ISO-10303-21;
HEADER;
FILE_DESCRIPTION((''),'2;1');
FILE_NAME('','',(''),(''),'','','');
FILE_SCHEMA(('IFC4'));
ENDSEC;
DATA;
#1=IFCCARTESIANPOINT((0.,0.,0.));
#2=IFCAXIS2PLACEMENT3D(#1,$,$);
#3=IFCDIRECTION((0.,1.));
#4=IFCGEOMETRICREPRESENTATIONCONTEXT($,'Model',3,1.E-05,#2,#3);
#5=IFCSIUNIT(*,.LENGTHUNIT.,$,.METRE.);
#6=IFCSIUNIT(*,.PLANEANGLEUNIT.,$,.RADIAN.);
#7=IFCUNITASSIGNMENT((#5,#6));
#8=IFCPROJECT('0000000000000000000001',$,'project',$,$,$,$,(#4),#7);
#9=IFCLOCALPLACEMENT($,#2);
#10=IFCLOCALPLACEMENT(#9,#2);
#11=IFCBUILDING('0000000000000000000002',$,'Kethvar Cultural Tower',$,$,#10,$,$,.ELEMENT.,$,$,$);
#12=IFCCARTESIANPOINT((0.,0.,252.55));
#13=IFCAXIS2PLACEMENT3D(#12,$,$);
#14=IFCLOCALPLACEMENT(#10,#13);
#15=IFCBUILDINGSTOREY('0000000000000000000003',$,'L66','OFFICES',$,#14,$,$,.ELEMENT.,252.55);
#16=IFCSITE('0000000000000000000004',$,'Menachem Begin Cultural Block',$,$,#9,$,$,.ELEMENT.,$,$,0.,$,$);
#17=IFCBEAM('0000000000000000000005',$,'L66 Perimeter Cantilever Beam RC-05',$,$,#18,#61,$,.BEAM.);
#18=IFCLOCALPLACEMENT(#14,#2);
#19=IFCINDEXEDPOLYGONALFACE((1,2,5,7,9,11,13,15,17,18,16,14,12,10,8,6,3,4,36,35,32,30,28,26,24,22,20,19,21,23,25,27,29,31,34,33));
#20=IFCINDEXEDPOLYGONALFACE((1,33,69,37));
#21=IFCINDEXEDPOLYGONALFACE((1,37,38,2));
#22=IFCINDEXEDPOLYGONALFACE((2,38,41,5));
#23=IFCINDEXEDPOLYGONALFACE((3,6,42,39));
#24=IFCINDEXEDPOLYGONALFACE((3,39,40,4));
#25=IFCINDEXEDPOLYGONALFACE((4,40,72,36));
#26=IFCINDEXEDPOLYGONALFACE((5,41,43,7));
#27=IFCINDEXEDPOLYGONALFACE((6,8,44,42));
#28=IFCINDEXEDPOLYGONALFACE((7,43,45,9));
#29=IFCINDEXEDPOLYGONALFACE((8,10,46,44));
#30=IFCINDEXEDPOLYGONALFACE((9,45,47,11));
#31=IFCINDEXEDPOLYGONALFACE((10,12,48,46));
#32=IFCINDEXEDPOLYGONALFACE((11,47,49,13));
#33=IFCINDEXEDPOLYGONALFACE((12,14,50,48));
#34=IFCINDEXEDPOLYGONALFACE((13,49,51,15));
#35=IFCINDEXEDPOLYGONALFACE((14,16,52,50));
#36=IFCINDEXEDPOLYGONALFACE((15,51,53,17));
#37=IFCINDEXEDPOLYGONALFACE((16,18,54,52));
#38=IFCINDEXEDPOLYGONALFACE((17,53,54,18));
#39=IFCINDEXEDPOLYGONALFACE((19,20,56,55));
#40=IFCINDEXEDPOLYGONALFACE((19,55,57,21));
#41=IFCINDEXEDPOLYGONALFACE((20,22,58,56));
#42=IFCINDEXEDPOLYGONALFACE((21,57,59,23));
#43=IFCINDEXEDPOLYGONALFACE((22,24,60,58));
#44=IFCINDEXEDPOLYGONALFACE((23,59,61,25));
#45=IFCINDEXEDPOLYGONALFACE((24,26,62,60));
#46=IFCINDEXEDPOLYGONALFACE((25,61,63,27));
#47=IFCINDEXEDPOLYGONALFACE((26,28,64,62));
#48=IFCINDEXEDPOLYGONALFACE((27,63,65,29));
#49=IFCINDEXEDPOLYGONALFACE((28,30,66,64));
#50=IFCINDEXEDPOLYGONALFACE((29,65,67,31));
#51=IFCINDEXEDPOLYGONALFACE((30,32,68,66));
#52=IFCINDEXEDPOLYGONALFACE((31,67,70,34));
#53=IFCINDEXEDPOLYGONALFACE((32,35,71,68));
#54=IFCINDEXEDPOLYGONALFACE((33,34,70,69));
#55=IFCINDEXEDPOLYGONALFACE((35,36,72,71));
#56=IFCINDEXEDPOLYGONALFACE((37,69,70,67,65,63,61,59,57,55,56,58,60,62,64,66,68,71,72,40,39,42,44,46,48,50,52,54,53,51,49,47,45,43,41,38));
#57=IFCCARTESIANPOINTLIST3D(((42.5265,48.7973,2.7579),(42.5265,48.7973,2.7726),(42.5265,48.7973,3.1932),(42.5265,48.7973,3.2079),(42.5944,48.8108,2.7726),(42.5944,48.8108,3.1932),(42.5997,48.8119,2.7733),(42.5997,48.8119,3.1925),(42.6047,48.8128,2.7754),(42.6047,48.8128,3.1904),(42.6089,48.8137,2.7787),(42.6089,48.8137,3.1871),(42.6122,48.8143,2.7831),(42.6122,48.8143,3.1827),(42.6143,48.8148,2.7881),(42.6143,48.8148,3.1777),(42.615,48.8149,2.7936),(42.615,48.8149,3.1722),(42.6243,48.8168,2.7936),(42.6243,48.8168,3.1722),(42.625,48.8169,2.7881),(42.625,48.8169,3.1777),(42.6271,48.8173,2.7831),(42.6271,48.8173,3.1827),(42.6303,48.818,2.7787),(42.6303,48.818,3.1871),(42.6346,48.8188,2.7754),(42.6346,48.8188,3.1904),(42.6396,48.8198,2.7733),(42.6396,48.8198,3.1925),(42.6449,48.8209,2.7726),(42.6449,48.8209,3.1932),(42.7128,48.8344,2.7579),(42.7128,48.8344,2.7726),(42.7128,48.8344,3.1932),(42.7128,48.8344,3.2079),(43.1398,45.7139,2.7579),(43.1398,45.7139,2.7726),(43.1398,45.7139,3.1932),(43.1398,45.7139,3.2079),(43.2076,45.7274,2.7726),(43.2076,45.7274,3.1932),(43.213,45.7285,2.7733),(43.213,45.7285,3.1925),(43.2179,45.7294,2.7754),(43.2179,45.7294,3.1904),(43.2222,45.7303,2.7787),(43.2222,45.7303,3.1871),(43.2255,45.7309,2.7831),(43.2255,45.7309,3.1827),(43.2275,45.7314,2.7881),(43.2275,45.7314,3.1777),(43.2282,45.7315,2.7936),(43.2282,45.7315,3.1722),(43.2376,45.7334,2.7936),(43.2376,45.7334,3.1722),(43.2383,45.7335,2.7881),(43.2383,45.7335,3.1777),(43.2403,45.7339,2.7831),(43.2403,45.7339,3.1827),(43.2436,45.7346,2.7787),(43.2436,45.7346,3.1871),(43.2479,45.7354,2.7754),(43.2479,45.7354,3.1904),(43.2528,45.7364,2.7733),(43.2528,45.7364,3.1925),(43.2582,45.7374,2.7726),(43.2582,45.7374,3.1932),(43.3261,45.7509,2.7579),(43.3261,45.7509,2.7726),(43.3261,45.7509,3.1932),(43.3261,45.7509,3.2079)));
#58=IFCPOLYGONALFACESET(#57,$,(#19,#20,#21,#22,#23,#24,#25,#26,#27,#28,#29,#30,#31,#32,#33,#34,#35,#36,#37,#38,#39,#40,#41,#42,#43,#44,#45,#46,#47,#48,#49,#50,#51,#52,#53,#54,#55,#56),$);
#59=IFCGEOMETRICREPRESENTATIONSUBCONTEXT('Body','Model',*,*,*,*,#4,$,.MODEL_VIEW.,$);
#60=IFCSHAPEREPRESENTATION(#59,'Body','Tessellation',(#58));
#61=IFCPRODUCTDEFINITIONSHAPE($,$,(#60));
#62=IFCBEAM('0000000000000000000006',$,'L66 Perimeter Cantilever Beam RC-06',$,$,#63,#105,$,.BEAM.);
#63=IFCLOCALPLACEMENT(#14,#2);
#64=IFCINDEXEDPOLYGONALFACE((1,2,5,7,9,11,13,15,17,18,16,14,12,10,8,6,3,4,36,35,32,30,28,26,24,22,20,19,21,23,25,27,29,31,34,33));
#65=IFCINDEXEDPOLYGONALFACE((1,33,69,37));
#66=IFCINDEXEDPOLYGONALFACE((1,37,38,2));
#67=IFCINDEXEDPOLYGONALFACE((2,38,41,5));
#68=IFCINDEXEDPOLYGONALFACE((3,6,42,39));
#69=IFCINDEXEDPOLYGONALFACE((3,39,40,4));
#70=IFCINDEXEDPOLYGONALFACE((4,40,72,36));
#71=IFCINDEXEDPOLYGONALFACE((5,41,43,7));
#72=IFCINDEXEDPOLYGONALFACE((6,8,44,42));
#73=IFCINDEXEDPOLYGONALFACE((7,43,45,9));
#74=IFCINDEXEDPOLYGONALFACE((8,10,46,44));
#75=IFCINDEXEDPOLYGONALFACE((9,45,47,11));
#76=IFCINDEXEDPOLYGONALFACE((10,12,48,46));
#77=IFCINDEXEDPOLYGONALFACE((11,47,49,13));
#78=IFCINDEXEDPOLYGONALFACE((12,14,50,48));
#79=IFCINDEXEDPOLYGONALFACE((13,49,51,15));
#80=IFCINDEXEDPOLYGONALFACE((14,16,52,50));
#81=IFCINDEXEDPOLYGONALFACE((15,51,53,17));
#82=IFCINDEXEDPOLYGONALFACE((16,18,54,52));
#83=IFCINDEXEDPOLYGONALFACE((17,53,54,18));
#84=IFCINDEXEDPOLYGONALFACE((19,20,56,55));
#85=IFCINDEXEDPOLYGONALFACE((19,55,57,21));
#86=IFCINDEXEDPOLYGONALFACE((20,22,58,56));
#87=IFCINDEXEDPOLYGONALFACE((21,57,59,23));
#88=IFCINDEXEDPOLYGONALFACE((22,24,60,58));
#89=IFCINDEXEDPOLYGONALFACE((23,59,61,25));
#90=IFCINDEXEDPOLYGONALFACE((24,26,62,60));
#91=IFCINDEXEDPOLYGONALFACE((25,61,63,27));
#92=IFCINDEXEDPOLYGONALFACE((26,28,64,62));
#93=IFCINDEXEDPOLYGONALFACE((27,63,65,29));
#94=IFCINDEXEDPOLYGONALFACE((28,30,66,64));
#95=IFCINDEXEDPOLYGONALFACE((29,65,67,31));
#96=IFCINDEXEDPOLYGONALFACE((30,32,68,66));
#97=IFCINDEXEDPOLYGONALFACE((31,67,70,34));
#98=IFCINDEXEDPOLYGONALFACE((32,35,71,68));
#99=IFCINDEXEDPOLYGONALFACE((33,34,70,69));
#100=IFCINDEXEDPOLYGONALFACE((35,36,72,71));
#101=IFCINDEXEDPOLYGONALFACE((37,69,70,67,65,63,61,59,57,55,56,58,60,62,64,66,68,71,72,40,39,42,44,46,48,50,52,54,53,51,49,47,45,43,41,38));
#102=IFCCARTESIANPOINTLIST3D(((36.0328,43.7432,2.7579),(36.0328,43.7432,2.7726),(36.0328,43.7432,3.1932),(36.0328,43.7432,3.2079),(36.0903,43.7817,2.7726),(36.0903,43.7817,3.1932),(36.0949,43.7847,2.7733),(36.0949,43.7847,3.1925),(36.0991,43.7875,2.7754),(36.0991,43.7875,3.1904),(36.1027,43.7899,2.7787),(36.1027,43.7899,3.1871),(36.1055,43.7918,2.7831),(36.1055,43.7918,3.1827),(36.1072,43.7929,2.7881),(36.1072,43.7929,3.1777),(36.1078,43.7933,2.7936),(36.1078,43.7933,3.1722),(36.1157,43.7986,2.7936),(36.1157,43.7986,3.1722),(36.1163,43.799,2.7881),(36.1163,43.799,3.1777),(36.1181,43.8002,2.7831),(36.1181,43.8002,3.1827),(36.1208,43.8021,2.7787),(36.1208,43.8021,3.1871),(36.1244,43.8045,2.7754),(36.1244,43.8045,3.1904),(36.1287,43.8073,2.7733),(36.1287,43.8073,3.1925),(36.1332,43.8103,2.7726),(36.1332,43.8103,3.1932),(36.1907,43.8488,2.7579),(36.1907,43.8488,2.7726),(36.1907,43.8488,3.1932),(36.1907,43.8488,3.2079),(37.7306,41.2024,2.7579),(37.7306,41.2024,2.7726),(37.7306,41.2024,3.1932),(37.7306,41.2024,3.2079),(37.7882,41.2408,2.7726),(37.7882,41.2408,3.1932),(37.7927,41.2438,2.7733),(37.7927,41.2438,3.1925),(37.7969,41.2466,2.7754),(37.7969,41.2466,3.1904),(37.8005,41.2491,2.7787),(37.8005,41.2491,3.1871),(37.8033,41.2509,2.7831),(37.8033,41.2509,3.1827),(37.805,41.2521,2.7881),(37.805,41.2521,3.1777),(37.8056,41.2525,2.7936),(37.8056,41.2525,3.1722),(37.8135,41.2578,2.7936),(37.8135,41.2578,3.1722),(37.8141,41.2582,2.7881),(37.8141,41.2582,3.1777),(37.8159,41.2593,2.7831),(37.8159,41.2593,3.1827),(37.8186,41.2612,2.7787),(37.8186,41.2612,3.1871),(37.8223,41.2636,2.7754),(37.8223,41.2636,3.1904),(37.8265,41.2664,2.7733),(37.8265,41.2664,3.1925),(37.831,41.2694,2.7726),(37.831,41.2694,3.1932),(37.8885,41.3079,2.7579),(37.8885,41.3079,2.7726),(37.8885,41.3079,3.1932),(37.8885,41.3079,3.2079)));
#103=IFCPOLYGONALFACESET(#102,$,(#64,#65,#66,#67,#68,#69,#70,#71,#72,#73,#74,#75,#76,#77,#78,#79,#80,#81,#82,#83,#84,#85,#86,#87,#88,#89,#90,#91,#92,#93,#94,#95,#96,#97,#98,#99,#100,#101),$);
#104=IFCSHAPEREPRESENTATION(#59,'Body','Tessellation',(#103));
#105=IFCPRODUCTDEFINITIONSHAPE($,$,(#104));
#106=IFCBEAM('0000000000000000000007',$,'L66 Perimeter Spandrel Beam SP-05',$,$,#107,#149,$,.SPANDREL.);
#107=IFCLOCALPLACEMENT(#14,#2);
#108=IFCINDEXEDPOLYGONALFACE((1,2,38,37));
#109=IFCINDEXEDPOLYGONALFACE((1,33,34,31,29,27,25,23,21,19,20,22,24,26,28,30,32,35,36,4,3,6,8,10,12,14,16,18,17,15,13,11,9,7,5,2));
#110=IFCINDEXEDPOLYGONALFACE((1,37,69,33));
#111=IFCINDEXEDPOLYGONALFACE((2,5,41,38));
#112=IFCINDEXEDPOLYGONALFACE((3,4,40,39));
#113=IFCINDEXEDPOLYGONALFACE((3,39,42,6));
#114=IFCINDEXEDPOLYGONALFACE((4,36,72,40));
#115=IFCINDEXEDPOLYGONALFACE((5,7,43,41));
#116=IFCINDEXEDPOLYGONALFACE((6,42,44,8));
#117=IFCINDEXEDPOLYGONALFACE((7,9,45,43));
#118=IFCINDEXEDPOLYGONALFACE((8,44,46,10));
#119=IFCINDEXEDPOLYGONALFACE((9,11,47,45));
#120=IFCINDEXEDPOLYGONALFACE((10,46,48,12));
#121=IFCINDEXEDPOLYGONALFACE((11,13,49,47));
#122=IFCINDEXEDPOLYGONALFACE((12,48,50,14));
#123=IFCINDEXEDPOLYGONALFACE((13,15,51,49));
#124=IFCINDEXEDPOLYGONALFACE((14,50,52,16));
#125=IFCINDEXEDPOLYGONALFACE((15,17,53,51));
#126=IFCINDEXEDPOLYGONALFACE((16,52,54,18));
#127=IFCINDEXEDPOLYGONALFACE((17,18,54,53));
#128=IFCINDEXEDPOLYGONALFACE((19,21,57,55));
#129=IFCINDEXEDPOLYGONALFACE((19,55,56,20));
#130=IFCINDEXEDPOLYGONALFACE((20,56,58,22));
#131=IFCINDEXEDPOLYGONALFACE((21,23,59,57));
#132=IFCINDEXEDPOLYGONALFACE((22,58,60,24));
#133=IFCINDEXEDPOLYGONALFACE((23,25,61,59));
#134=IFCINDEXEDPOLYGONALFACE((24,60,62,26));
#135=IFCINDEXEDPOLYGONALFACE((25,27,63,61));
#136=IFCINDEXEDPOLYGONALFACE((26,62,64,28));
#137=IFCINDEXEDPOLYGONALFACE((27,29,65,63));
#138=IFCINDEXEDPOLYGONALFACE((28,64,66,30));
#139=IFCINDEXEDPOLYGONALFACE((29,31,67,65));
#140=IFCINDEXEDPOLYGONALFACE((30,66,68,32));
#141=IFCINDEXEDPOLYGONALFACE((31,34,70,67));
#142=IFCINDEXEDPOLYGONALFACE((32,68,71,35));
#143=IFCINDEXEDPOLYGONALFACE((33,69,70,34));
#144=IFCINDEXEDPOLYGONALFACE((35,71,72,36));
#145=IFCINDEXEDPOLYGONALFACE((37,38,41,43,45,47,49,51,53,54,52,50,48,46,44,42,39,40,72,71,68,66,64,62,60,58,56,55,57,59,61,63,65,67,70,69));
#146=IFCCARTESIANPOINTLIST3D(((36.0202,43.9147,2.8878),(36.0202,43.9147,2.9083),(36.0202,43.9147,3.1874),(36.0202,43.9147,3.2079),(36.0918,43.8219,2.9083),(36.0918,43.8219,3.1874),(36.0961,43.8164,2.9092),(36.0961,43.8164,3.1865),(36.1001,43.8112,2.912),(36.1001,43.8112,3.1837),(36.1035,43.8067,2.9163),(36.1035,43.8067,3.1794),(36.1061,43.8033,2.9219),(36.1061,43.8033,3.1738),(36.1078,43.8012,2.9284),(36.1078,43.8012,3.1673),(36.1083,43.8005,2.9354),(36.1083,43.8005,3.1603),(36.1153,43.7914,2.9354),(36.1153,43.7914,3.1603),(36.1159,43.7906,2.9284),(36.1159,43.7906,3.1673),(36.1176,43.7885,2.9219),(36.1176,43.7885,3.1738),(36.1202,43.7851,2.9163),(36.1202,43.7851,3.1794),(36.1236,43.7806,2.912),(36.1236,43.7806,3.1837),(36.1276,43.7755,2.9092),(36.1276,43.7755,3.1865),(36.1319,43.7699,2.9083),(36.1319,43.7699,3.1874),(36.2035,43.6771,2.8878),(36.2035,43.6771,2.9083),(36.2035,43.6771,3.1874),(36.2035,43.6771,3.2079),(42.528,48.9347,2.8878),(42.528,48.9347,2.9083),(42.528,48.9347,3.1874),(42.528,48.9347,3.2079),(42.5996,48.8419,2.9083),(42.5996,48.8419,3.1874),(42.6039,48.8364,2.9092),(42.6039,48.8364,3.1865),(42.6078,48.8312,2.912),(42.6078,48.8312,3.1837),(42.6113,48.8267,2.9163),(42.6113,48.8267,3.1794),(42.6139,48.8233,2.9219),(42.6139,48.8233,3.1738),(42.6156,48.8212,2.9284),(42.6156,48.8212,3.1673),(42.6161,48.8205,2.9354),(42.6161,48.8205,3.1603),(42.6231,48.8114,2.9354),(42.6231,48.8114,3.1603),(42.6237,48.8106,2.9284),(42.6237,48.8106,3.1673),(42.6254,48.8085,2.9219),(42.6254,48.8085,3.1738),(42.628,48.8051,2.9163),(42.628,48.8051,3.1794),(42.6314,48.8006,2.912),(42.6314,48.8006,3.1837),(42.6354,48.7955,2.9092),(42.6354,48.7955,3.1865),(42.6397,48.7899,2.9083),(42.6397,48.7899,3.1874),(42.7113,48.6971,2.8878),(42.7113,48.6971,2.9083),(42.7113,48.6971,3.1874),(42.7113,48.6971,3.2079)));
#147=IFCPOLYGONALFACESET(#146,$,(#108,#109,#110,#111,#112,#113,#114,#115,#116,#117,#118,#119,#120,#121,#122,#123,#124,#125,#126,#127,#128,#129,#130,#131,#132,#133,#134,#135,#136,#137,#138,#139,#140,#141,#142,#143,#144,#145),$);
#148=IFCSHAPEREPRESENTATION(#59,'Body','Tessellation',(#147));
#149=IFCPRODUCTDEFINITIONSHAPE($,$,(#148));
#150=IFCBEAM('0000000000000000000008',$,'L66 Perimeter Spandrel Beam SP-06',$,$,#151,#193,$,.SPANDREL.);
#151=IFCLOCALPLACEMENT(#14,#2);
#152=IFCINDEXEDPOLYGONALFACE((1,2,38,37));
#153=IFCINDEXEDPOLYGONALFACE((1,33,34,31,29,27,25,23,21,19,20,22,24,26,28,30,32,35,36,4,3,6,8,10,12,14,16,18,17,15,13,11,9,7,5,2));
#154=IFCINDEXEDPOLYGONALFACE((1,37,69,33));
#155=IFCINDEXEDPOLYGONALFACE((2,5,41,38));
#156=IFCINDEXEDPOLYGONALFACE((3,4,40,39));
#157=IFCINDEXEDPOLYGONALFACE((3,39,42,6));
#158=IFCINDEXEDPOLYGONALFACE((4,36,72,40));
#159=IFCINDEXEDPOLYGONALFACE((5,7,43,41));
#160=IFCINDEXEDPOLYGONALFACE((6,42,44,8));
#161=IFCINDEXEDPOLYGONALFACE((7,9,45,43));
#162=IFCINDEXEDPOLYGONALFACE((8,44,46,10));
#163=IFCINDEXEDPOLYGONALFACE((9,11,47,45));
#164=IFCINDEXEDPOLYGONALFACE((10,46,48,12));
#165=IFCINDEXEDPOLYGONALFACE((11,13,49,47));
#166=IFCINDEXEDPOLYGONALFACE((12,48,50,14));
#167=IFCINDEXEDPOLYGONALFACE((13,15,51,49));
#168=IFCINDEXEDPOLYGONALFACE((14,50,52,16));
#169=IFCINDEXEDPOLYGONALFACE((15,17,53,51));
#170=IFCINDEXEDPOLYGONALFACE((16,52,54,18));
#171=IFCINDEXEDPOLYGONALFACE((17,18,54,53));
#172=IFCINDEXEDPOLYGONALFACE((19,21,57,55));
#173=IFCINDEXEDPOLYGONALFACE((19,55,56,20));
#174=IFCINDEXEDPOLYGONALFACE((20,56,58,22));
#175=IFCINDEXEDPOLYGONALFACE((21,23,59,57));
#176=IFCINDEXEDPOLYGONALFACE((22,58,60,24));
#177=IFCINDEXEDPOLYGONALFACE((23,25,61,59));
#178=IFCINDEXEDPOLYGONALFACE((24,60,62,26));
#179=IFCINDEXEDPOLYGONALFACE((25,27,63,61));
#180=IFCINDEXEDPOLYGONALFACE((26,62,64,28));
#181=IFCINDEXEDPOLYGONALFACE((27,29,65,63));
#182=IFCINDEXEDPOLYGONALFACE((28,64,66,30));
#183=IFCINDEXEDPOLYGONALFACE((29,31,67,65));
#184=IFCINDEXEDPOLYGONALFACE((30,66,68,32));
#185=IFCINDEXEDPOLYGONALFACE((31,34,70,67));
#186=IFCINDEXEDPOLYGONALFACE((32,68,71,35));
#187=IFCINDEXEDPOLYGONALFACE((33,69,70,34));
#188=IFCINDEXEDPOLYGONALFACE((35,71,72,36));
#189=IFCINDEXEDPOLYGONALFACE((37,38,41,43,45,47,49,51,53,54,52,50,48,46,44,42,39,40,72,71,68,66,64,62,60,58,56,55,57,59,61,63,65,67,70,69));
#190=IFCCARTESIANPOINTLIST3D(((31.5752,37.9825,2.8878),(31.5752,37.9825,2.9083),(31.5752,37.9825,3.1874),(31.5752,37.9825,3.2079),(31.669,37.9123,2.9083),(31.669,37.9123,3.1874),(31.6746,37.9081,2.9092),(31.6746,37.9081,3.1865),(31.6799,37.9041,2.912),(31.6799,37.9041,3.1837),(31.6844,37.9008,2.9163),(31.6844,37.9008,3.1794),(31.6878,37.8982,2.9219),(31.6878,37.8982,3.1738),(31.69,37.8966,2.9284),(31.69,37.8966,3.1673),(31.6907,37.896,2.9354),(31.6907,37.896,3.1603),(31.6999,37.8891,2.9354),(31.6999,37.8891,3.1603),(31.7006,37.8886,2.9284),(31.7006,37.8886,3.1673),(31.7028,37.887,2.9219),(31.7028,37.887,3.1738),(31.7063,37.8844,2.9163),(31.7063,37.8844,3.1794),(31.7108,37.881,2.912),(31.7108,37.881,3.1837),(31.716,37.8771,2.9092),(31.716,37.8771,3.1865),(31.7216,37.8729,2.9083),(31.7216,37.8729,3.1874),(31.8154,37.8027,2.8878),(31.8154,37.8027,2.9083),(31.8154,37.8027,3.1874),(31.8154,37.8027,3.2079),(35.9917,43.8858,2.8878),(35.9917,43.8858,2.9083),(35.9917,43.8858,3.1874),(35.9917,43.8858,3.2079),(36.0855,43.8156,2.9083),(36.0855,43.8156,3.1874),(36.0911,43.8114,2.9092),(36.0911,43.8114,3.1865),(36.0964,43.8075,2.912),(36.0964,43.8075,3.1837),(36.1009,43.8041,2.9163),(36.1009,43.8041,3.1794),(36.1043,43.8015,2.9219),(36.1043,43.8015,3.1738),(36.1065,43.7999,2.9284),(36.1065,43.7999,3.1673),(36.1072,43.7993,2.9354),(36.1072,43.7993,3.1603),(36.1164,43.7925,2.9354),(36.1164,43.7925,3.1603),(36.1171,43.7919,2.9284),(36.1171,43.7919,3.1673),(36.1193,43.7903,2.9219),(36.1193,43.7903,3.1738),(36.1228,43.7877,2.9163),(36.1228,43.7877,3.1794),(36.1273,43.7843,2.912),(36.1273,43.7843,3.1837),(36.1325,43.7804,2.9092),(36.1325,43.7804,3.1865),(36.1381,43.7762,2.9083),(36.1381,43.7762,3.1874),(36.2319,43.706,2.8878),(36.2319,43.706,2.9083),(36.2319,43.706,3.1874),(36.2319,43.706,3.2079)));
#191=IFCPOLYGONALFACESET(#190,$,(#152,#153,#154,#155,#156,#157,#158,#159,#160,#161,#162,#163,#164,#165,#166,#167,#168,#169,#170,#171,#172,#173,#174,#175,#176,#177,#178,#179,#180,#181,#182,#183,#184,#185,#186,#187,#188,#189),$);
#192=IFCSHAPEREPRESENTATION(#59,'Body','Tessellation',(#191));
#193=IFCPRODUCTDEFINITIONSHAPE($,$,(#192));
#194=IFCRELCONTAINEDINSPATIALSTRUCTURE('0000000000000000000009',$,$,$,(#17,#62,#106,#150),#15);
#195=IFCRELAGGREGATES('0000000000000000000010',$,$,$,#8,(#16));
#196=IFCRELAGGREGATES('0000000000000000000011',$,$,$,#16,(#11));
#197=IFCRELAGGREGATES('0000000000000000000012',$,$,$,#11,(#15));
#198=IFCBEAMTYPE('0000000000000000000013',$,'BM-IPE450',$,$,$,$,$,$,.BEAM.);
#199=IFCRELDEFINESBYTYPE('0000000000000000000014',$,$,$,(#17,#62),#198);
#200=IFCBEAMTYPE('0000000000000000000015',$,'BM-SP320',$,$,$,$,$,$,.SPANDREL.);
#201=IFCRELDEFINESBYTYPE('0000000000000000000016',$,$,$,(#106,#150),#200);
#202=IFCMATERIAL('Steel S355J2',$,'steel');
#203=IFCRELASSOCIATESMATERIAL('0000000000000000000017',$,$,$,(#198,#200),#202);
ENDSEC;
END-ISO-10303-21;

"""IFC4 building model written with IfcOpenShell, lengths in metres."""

from ifc_helpers import new_model, si_unit, direction, frame, origin, origin_2d, place, context, subcontext, project, spatial, i_section, extrude, source, transform, mapped, material, material_profile, profile_set, type_object, element, save


model = new_model("IFC4")

# Units and contexts
model_context = context("Model", 3, precision=1e-05, world=origin(), true_north=direction((0.0, 1.0)))
body_context = subcontext(model_context, "Body", "Model", "MODEL_VIEW")
ifc_project = project(units=[si_unit("LENGTHUNIT", "METRE"), si_unit("PLANEANGLEUNIT", "RADIAN")], contexts=[model_context])

# Site, building, storey
site_placement = place(None, origin())
site = spatial("IfcSite", under=ifc_project, at=site_placement, Name="Menachem Begin Cultural Block", CompositionType="ELEMENT", RefElevation=0.0)
building_placement = place(site_placement, origin())
building = spatial("IfcBuilding", under=site, at=building_placement, Name="Kethvar Cultural Tower", CompositionType="ELEMENT")
storey_placement = place(building_placement, frame((0.0, 0.0, 252.55)))
storey = spatial("IfcBuildingStorey", under=building, at=storey_placement, Name="L66", Description="OFFICES", CompositionType="ELEMENT", Elevation=252.55)

# Beams
ifc_material_1 = material(Name="Steel S355J2", Category="steel")
ifc_material_profile_1 = material_profile(ifc_material_1, i_section(OverallWidth=0.1899, OverallDepth=0.45, WebThickness=0.0095, FlangeThickness=0.0146, FilletRadius=0.021, at=origin_2d()), Name="Steel S355J2 — IPE450")
ifc_profile_set_1 = profile_set([ifc_material_profile_1], Name="Steel S355J2 — IPE450")
beam_type_1 = type_object("IfcBeamType", Name="BM-IPE450", PredefinedType="BEAM", material=ifc_profile_set_1)
shared_shape_1 = source(origin(), body_context, "Body", "SweptSolid", [
    extrude(i_section(OverallWidth=0.1899, OverallDepth=0.45, WebThickness=0.0095, FlangeThickness=0.0146, FilletRadius=0.021, at=origin_2d()), origin(), (0.0, 0.0, 1.0), 3.1438),
])
beam_1_placement = place(storey_placement, frame((43.2329, 45.7324, 2.9829), z_axis=(-0.195071, 0.980789, 0.0), x_axis=(-0.980789, -0.195071, 0.0)))
element("IfcBeam", 1, at=beam_1_placement, inside=storey, type_object=beam_type_1, Name="L66 Perimeter Cantilever Beam RC-05", PredefinedType="BEAM", context=body_context, shape_type="MappedRepresentation", body=[
    mapped(shared_shape_1, transform((0.0, 0.0, 0.0), scale=1.0)),
])
shared_shape_2 = source(origin(), body_context, "Body", "SweptSolid", [
    extrude(i_section(OverallWidth=0.1899, OverallDepth=0.45, WebThickness=0.0095, FlangeThickness=0.0146, FilletRadius=0.021, at=origin_2d()), origin(), (0.0, 0.0, 1.0), 3.0559),
])
beam_2_placement = place(storey_placement, frame((37.8096, 41.2551, 2.9829), z_axis=(-0.555585, 0.83146, 0.0), x_axis=(-0.83146, -0.555585, 0.0)))
element("IfcBeam", 2, at=beam_2_placement, inside=storey, type_object=beam_type_1, Name="L66 Perimeter Cantilever Beam RC-06", PredefinedType="BEAM", context=body_context, shape_type="MappedRepresentation", body=[
    mapped(shared_shape_2, transform((0.0, 0.0, 0.0), scale=1.0)),
])
ifc_material_profile_2 = material_profile(ifc_material_1, i_section(OverallWidth=0.3, OverallDepth=0.3201, WebThickness=0.0115, FlangeThickness=0.0205, FilletRadius=0.0271, at=origin_2d()), Name="Steel S355J2 — HEB320")
ifc_profile_set_2 = profile_set([ifc_material_profile_2], Name="Steel S355J2 — HEB320")
beam_type_2 = type_object("IfcBeamType", Name="BM-SP320", PredefinedType="SPANDREL", material=ifc_profile_set_2)
shared_shape_3 = source(origin(), body_context, "Body", "SweptSolid", [
    extrude(i_section(OverallWidth=0.3, OverallDepth=0.3201, WebThickness=0.0115, FlangeThickness=0.0205, FilletRadius=0.0271, at=origin_2d()), origin(), (0.0, 0.0, 1.0), 8.219),
])
beam_3_placement = place(storey_placement, frame((42.6196, 48.8159, 3.0479), z_axis=(-0.791799, -0.610781, 0.0), x_axis=(0.610781, -0.791799, 0.0)))
element("IfcBeam", 3, at=beam_3_placement, inside=storey, type_object=beam_type_2, Name="L66 Perimeter Spandrel Beam SP-05", PredefinedType="SPANDREL", context=body_context, shape_type="MappedRepresentation", body=[
    mapped(shared_shape_3, transform((0.0, 0.0, 0.0), scale=1.0)),
])
shared_shape_4 = source(origin(), body_context, "Body", "SweptSolid", [
    extrude(i_section(OverallWidth=0.3, OverallDepth=0.3201, WebThickness=0.0115, FlangeThickness=0.0205, FilletRadius=0.0271, at=origin_2d()), origin(), (0.0, 0.0, 1.0), 7.3726),
])
beam_4_placement = place(storey_placement, frame((36.1118, 43.7959, 3.0479), z_axis=(-0.599046, -0.800715, 0.0), x_axis=(0.800715, -0.599046, 0.0)))
element("IfcBeam", 4, at=beam_4_placement, inside=storey, type_object=beam_type_2, Name="L66 Perimeter Spandrel Beam SP-06", PredefinedType="SPANDREL", context=body_context, shape_type="MappedRepresentation", body=[
    mapped(shared_shape_4, transform((0.0, 0.0, 0.0), scale=1.0)),
])

save(model, "model.ifc")
